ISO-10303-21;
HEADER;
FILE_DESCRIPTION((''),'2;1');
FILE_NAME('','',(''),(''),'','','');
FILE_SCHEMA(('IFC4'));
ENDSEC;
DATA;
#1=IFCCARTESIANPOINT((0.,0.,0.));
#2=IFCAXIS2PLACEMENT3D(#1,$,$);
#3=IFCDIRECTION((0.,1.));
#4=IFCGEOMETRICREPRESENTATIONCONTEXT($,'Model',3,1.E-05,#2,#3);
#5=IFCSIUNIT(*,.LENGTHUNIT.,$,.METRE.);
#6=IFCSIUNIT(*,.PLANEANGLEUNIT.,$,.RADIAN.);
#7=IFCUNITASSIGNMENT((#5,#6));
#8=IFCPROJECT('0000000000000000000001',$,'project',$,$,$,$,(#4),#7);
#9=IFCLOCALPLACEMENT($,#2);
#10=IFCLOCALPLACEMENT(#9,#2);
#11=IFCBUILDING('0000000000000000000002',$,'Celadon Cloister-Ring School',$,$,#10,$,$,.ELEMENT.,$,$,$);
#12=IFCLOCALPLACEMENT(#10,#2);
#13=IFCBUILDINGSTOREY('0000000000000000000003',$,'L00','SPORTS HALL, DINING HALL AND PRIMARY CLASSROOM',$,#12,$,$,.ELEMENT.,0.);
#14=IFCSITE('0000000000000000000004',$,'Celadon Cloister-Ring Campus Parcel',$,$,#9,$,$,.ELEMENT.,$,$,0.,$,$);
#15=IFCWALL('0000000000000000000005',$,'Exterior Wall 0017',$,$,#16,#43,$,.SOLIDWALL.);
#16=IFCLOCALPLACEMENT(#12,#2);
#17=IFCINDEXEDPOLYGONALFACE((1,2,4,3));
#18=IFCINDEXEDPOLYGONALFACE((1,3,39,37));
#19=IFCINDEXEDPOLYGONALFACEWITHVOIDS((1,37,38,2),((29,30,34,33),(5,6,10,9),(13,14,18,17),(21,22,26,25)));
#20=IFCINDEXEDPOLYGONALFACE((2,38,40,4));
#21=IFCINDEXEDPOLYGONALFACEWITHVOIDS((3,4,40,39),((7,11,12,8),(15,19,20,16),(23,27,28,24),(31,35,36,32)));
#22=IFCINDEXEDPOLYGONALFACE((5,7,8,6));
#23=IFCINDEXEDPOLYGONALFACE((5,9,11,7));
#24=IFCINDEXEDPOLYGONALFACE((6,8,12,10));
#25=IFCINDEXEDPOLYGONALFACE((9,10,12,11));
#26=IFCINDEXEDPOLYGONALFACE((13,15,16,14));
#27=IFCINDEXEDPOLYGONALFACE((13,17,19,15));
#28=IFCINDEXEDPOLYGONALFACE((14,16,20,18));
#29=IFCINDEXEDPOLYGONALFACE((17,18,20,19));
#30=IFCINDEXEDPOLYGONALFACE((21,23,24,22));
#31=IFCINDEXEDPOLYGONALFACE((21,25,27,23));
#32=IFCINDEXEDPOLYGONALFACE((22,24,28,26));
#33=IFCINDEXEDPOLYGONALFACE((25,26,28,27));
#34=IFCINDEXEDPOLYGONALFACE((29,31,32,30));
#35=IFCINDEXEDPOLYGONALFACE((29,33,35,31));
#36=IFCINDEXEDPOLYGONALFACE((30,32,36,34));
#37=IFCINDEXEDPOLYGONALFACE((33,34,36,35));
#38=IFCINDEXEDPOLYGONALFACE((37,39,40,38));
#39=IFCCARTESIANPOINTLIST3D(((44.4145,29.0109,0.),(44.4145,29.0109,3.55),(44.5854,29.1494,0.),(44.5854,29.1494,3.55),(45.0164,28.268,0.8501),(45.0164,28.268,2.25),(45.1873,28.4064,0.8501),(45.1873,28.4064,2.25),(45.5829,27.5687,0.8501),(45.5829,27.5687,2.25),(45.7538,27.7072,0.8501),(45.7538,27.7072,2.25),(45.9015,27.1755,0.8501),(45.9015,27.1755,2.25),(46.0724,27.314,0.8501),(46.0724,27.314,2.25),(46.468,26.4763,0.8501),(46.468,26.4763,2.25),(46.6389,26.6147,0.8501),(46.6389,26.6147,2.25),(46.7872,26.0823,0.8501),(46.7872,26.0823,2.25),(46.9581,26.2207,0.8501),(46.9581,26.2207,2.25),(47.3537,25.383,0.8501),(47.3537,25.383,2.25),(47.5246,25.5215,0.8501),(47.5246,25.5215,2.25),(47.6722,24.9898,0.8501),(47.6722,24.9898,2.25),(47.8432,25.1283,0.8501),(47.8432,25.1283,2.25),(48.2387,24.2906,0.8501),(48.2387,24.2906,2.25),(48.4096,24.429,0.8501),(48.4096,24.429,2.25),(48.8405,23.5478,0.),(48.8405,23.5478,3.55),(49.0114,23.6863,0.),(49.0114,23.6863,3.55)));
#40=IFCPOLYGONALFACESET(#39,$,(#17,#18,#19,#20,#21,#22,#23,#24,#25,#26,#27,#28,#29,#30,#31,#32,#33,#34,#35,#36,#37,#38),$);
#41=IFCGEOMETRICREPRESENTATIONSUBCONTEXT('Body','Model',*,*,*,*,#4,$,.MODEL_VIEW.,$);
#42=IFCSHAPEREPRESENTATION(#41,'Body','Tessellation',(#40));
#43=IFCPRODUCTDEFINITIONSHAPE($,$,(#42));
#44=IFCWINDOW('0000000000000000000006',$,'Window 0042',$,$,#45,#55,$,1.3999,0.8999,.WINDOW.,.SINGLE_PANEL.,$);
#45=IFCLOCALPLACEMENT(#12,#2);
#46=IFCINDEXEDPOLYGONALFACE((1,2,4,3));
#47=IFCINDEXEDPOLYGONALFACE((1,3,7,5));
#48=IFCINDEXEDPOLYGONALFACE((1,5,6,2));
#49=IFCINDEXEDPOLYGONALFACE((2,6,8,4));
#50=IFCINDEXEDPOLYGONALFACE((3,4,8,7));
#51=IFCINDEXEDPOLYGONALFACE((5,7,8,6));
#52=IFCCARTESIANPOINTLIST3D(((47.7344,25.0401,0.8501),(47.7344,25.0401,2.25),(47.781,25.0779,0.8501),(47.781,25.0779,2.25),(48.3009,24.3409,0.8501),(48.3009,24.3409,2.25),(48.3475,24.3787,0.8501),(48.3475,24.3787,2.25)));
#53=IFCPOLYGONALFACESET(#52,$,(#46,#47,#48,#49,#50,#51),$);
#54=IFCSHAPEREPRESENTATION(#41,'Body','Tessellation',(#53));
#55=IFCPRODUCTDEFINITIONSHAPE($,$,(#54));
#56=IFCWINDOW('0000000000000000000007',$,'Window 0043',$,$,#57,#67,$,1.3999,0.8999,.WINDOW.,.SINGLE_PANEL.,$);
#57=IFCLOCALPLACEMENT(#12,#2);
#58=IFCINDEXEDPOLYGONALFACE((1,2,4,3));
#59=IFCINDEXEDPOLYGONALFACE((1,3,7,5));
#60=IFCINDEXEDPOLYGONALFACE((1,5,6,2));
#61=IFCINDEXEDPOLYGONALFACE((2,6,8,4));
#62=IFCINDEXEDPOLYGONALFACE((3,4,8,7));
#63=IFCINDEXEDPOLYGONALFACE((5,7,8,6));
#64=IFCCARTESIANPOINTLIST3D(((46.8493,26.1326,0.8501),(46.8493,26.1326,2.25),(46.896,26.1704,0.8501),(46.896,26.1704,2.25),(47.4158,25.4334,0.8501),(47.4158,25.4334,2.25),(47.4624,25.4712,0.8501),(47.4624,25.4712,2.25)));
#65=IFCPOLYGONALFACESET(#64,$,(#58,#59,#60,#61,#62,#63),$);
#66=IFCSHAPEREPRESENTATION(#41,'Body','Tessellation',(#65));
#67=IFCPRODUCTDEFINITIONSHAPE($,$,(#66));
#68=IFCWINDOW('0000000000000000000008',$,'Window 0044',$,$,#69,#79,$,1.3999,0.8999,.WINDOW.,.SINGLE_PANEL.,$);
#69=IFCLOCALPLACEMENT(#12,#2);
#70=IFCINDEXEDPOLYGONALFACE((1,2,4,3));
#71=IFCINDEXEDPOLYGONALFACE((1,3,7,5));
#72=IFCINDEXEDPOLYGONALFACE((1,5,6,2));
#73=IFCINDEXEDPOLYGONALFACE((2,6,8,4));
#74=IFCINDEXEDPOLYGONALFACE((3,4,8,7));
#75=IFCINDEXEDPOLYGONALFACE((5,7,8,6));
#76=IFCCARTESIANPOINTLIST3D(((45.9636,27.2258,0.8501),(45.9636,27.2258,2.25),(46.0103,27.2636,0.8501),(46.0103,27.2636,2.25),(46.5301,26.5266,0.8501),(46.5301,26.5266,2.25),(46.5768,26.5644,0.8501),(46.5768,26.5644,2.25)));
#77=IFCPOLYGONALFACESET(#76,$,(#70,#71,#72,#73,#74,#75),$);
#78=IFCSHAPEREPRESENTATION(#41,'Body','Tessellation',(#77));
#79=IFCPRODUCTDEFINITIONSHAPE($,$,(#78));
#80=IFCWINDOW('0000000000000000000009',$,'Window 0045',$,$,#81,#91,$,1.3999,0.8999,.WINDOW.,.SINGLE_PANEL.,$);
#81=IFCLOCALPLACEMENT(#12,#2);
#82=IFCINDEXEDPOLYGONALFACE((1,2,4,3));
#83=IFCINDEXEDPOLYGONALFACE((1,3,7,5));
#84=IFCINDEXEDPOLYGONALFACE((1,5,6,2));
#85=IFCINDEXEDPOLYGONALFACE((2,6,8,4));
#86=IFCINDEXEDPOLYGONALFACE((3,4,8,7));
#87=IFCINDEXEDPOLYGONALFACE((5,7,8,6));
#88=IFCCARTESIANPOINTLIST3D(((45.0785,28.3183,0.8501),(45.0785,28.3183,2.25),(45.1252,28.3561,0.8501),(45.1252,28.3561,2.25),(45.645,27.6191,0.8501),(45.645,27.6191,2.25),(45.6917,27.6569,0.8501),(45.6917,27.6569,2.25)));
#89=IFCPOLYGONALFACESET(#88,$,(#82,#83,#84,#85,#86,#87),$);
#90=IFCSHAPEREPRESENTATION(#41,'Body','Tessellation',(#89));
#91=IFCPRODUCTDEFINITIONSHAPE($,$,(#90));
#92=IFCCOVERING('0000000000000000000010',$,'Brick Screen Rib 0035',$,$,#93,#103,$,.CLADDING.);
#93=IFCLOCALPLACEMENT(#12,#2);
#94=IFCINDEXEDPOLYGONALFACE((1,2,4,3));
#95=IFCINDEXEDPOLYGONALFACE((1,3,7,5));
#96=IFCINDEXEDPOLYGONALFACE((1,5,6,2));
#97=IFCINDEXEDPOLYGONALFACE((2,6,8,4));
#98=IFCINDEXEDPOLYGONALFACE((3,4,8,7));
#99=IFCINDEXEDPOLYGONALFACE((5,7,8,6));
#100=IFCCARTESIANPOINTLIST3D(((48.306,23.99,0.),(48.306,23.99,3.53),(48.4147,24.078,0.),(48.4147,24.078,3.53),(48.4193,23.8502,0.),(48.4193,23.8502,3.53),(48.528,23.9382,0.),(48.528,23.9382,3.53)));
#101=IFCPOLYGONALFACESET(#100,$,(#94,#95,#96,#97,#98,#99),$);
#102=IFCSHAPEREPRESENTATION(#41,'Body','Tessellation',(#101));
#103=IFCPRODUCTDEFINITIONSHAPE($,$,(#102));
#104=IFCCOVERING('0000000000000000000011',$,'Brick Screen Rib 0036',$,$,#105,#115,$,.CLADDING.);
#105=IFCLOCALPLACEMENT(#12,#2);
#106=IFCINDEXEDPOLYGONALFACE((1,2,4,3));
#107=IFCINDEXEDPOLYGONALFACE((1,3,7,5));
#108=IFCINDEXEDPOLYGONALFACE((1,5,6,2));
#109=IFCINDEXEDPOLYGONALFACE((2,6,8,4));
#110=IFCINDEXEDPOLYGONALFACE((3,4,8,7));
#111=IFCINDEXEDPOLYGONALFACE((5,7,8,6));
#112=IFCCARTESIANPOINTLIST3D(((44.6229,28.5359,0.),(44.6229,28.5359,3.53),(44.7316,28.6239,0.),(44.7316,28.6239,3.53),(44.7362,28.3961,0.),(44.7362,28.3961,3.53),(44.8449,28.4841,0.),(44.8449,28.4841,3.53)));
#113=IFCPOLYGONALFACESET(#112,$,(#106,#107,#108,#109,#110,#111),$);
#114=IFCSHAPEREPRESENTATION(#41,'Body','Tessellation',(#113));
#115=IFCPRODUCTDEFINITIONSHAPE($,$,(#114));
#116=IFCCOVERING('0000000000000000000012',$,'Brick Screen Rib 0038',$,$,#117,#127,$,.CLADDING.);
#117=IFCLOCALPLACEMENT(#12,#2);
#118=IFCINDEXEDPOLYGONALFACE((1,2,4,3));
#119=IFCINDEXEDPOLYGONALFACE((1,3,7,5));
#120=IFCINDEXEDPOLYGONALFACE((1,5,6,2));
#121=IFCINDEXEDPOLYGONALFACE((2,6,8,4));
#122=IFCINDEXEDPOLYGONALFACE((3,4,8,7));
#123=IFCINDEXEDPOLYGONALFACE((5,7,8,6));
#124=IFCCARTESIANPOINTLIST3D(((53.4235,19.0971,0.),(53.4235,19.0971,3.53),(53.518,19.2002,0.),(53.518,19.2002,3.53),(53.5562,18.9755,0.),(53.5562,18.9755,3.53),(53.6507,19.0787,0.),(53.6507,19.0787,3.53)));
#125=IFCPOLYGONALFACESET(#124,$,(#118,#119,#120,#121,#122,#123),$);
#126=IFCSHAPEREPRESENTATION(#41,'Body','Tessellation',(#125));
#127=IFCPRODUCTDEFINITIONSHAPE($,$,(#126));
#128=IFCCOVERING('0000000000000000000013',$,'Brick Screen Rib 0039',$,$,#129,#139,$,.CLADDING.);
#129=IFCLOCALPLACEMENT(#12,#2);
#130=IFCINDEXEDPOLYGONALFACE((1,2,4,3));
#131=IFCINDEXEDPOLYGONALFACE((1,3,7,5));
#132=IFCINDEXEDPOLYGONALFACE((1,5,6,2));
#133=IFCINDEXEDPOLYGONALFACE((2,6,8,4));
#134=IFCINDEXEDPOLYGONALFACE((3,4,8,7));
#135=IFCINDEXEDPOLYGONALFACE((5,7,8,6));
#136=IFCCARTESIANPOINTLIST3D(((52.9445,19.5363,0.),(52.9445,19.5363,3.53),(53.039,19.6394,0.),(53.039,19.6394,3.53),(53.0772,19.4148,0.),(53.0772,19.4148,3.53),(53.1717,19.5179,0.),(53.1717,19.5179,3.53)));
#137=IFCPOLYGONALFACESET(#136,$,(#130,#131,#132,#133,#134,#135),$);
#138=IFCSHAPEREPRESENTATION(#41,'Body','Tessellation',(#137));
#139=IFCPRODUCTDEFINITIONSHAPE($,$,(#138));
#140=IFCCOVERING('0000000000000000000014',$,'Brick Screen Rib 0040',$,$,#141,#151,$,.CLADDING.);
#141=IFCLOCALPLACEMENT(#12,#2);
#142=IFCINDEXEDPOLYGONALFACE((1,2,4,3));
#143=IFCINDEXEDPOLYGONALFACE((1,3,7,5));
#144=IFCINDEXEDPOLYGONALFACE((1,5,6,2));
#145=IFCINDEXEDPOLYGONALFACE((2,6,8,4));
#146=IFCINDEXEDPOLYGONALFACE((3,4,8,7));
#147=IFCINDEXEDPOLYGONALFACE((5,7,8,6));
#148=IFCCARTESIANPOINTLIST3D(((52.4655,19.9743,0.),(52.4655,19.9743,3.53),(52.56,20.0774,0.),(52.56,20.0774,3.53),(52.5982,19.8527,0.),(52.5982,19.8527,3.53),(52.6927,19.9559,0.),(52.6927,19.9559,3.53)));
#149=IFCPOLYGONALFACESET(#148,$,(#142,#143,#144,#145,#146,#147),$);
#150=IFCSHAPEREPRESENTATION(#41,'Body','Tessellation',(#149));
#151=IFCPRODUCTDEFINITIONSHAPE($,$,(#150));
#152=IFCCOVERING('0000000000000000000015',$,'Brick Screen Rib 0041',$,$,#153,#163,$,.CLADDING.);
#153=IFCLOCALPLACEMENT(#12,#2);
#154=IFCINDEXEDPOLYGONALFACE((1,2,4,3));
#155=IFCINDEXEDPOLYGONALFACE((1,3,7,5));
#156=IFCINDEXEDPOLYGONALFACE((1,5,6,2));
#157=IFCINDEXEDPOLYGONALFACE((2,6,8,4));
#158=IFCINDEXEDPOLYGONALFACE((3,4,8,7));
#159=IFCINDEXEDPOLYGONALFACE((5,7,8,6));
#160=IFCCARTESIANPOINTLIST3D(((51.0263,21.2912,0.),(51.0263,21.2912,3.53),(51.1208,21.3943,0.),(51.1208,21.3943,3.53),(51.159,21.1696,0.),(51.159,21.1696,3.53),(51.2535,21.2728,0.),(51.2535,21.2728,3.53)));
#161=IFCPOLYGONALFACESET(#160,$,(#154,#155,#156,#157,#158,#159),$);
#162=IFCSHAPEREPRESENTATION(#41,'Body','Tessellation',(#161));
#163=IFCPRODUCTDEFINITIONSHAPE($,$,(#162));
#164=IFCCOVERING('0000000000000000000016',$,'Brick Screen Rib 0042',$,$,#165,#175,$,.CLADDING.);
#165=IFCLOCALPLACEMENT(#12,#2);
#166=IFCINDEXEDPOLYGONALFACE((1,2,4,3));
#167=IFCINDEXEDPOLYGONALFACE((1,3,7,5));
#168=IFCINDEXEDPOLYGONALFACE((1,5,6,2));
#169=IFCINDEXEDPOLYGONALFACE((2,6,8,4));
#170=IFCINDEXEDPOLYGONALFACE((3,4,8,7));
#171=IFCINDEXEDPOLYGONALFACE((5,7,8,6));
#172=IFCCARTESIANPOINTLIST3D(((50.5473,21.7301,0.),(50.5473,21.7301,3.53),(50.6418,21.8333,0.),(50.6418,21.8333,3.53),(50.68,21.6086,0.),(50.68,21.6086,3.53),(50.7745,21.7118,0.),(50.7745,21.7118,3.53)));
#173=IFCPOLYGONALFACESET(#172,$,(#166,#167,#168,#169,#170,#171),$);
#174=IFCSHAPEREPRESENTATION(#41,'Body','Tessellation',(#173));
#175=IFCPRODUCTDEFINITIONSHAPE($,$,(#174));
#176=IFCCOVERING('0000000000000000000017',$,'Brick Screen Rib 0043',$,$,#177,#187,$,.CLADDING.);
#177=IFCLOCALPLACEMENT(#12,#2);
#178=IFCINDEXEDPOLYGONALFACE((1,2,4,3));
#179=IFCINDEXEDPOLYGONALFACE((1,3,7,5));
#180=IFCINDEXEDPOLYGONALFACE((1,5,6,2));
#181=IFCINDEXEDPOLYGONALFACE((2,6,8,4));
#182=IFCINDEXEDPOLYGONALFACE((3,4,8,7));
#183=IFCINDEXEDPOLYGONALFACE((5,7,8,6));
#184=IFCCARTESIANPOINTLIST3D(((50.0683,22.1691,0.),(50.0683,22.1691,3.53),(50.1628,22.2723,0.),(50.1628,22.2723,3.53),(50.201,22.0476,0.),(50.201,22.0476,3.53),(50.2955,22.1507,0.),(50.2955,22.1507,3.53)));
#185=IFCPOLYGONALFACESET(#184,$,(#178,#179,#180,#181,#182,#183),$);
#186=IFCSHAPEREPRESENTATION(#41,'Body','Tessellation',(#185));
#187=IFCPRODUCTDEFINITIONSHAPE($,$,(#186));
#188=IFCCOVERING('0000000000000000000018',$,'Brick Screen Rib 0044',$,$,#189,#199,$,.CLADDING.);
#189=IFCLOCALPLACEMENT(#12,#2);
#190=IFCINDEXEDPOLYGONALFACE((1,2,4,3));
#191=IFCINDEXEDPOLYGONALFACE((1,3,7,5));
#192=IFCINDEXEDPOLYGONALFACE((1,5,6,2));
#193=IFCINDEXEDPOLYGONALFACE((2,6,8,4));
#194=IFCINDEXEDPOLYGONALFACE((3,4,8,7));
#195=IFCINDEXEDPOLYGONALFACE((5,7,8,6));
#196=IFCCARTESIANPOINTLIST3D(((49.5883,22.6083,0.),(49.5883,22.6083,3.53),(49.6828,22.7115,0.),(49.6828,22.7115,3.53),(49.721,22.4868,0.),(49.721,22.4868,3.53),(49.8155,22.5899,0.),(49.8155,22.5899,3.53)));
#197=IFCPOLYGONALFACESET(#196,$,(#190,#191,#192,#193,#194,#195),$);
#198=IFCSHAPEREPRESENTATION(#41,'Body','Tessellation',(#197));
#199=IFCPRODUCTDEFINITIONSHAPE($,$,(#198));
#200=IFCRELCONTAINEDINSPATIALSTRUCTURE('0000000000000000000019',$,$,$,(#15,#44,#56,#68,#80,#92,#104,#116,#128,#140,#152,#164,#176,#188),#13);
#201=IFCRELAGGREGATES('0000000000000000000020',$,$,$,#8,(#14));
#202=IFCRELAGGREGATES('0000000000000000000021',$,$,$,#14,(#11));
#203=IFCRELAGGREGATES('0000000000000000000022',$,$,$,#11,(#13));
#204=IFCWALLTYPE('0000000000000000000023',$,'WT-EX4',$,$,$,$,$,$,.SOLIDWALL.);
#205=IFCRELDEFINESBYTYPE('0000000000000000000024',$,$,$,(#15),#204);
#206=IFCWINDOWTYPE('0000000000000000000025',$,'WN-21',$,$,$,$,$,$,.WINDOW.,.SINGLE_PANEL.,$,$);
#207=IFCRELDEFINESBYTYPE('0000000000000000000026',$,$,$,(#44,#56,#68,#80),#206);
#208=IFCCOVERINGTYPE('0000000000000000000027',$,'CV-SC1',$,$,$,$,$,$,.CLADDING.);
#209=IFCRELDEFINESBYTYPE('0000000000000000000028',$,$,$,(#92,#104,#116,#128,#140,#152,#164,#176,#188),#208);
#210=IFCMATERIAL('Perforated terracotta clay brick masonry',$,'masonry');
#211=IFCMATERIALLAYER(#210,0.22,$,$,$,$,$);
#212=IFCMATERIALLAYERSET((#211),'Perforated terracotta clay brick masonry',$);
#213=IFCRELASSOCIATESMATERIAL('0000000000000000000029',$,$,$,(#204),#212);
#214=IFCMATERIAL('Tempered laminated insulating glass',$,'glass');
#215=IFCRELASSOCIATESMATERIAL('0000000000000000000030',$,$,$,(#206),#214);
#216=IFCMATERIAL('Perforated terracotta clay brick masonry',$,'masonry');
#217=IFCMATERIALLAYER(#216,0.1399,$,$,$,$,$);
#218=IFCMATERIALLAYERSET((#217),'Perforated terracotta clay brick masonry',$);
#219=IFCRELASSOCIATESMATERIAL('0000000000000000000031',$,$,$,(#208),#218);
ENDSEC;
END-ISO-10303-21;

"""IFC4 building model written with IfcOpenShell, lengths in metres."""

from ifc_helpers import new_model, si_unit, direction, frame, frame_2d, origin, origin_2d, place, context, subcontext, project, spatial, rectangle, extrude, material, layer, layer_set, type_object, element, fill, save


model = new_model("IFC4")

# Units and contexts
model_context = context("Model", 3, precision=1e-05, world=origin(), true_north=direction((0.0, 1.0)))
body_context = subcontext(model_context, "Body", "Model", "MODEL_VIEW")
ifc_project = project(units=[si_unit("LENGTHUNIT", "METRE"), si_unit("PLANEANGLEUNIT", "RADIAN")], contexts=[model_context])

# Site, building, storey
site_placement = place(None, origin())
site = spatial("IfcSite", under=ifc_project, at=site_placement, Name="Celadon Cloister-Ring Campus Parcel", CompositionType="ELEMENT", RefElevation=0.0)
building_placement = place(site_placement, origin())
building = spatial("IfcBuilding", under=site, at=building_placement, Name="Celadon Cloister-Ring School", CompositionType="ELEMENT")
storey_placement = place(building_placement, origin())
storey = spatial("IfcBuildingStorey", under=building, at=storey_placement, Name="L00", Description="SPORTS HALL, DINING HALL AND PRIMARY CLASSROOM", CompositionType="ELEMENT", Elevation=0.0)

# Wall, openings, windows
ifc_material_1 = material(Name="Perforated terracotta clay brick masonry", Category="masonry")
ifc_layer_1 = layer(ifc_material_1, 0.22)
ifc_layer_set_1 = layer_set([ifc_layer_1], Name="Perforated terracotta clay brick masonry")
wall_type = type_object("IfcWallType", Name="WT-EX4", PredefinedType="SOLIDWALL", material=ifc_layer_set_1)
wall_placement = place(storey_placement, frame((48.926, 23.6169, 0.0), z_axis=(0.0, 0.0, 1.0), x_axis=(-0.629498, 0.777002, 0.0)))
wall = element("IfcWall", 1, at=wall_placement, inside=storey, type_object=wall_type, Name="Exterior Wall 0017", PredefinedType="SOLIDWALL", context=body_context, shape_type="SweptSolid", body=[
    extrude(rectangle(XDim=7.031, YDim=0.22, at=frame_2d((3.5156, 0.0))), origin(), (0.0, 0.0, 1.0), 3.55),
])
opening_1_placement = place(wall_placement, frame((0.9561, 0.0, 0.8501)))
opening_1 = element("IfcOpeningElement", 2, at=opening_1_placement, cuts=wall, PredefinedType="OPENING", context=body_context, shape_type="SweptSolid", body=[
    extrude(rectangle(XDim=0.8999, YDim=1.3999, at=frame_2d((0.45, 0.7))), frame((0.0, 0.1201, 0.0), z_axis=(0.0, -1.0, 0.0), x_axis=(1.0, 0.0, 0.0)), (0.0, 0.0, 1.0), 0.24),
])
opening_2_placement = place(wall_placement, frame((2.3621, 0.0, 0.8501)))
opening_2 = element("IfcOpeningElement", 3, at=opening_2_placement, cuts=wall, PredefinedType="OPENING", context=body_context, shape_type="SweptSolid", body=[
    extrude(rectangle(XDim=0.8999, YDim=1.3999, at=frame_2d((0.45, 0.7))), frame((0.0, 0.1201, 0.0), z_axis=(0.0, -1.0, 0.0), x_axis=(1.0, 0.0, 0.0)), (0.0, 0.0, 1.0), 0.24),
])
opening_3_placement = place(wall_placement, frame((3.769, 0.0, 0.8501)))
opening_3 = element("IfcOpeningElement", 4, at=opening_3_placement, cuts=wall, PredefinedType="OPENING", context=body_context, shape_type="SweptSolid", body=[
    extrude(rectangle(XDim=0.8999, YDim=1.3999, at=frame_2d((0.45, 0.7))), frame((0.0, 0.1201, 0.0), z_axis=(0.0, -1.0, 0.0), x_axis=(1.0, 0.0, 0.0)), (0.0, 0.0, 1.0), 0.24),
])
opening_4_placement = place(wall_placement, frame((5.175, 0.0, 0.8501)))
opening_4 = element("IfcOpeningElement", 5, at=opening_4_placement, cuts=wall, PredefinedType="OPENING", context=body_context, shape_type="SweptSolid", body=[
    extrude(rectangle(XDim=0.8999, YDim=1.3999, at=frame_2d((0.45, 0.7))), frame((0.0, 0.1201, 0.0), z_axis=(0.0, -1.0, 0.0), x_axis=(1.0, 0.0, 0.0)), (0.0, 0.0, 1.0), 0.24),
])
ifc_material_2 = material(Name="Tempered laminated insulating glass", Category="glass")
window_type = type_object("IfcWindowType", Name="WN-21", PartitioningType="SINGLE_PANEL", PredefinedType="WINDOW", material=ifc_material_2)
window_1_placement = place(opening_1_placement, origin())
window_1 = element("IfcWindow", 6, at=window_1_placement, inside=storey, type_object=window_type, Name="Window 0042", OverallHeight=1.3999, OverallWidth=0.8999, PartitioningType="SINGLE_PANEL", PredefinedType="WINDOW", context=body_context, shape_type="SweptSolid", body=[
    extrude(rectangle(XDim=0.8999, YDim=1.3999, at=frame_2d((0.45, 0.7))), frame((0.0, 0.03, 0.0), z_axis=(0.0, -1.0, 0.0), x_axis=(1.0, 0.0, 0.0)), (0.0, 0.0, 1.0), 0.0601),
])
fill(opening_1, window_1)
window_2_placement = place(opening_2_placement, origin())
window_2 = element("IfcWindow", 7, at=window_2_placement, inside=storey, type_object=window_type, Name="Window 0043", OverallHeight=1.3999, OverallWidth=0.8999, PartitioningType="SINGLE_PANEL", PredefinedType="WINDOW", context=body_context, shape_type="SweptSolid", body=[
    extrude(rectangle(XDim=0.8999, YDim=1.3999, at=frame_2d((0.45, 0.7))), frame((0.0, 0.03, 0.0), z_axis=(0.0, -1.0, 0.0), x_axis=(1.0, 0.0, 0.0)), (0.0, 0.0, 1.0), 0.0601),
])
fill(opening_2, window_2)
window_3_placement = place(opening_3_placement, origin())
window_3 = element("IfcWindow", 8, at=window_3_placement, inside=storey, type_object=window_type, Name="Window 0044", OverallHeight=1.3999, OverallWidth=0.8999, PartitioningType="SINGLE_PANEL", PredefinedType="WINDOW", context=body_context, shape_type="SweptSolid", body=[
    extrude(rectangle(XDim=0.8999, YDim=1.3999, at=frame_2d((0.45, 0.7))), frame((0.0, 0.03, 0.0), z_axis=(0.0, -1.0, 0.0), x_axis=(1.0, 0.0, 0.0)), (0.0, 0.0, 1.0), 0.0601),
])
fill(opening_3, window_3)
window_4_placement = place(opening_4_placement, origin())
window_4 = element("IfcWindow", 9, at=window_4_placement, inside=storey, type_object=window_type, Name="Window 0045", OverallHeight=1.3999, OverallWidth=0.8999, PartitioningType="SINGLE_PANEL", PredefinedType="WINDOW", context=body_context, shape_type="SweptSolid", body=[
    extrude(rectangle(XDim=0.8999, YDim=1.3999, at=frame_2d((0.45, 0.7))), frame((0.0, 0.03, 0.0), z_axis=(0.0, -1.0, 0.0), x_axis=(1.0, 0.0, 0.0)), (0.0, 0.0, 1.0), 0.0601),
])
fill(opening_4, window_4)

# Coverings
ifc_material_3 = material(Name="Perforated terracotta clay brick masonry", Category="masonry")
ifc_layer_2 = layer(ifc_material_3, 0.1399)
ifc_layer_set_2 = layer_set([ifc_layer_2], Name="Perforated terracotta clay brick masonry")
covering_type = type_object("IfcCoveringType", Name="CV-SC1", PredefinedType="CLADDING", material=ifc_layer_set_2)
for number, where, z_axis, x_axis, name in (
    (10, (48.417, 23.9641, 0.0), (0.0, 0.0, 1.0), (-0.62951, 0.776992, 0.0), "Brick Screen Rib 0035"),
    (11, (44.7339, 28.51, 0.0), (0.0, 0.0, 1.0), (-0.62951, 0.776992, 0.0), "Brick Screen Rib 0036"),
    (12, (53.5371, 19.0879, 0.0), (0.0, 0.0, 1.0), (-0.737501, 0.675346, 0.0), "Brick Screen Rib 0038"),
    (13, (53.0581, 19.5271, 0.0), (0.0, 0.0, 1.0), (-0.737501, 0.675346, 0.0), "Brick Screen Rib 0039"),
    (14, (52.5791, 19.9651, 0.0), (0.0, 0.0, 1.0), (-0.737501, 0.675346, 0.0), "Brick Screen Rib 0040"),
    (15, (51.1399, 21.282, 0.0), (0.0, 0.0, 1.0), (-0.737501, 0.675346, 0.0), "Brick Screen Rib 0041"),
    (16, (50.6609, 21.7209, 0.0), (0.0, 0.0, 1.0), (-0.737501, 0.675346, 0.0), "Brick Screen Rib 0042"),
    (17, (50.1819, 22.1599, 0.0), (0.0, 0.0, 1.0), (-0.737501, 0.675346, 0.0), "Brick Screen Rib 0043"),
    (18, (49.7019, 22.5991, 0.0), (0.0, 0.0, 1.0), (-0.737501, 0.675346, 0.0), "Brick Screen Rib 0044"),
):
    element("IfcCovering", number, at=place(storey_placement, frame(where, z_axis=z_axis, x_axis=x_axis)), inside=storey, type_object=covering_type, Name=name, PredefinedType="CLADDING", context=body_context, shape_type="SweptSolid", body=[
        extrude(rectangle(XDim=0.1799, YDim=0.1399, at=origin_2d()), origin(), (0.0, 0.0, 1.0), 3.53),
    ])

save(model, "model.ifc")
